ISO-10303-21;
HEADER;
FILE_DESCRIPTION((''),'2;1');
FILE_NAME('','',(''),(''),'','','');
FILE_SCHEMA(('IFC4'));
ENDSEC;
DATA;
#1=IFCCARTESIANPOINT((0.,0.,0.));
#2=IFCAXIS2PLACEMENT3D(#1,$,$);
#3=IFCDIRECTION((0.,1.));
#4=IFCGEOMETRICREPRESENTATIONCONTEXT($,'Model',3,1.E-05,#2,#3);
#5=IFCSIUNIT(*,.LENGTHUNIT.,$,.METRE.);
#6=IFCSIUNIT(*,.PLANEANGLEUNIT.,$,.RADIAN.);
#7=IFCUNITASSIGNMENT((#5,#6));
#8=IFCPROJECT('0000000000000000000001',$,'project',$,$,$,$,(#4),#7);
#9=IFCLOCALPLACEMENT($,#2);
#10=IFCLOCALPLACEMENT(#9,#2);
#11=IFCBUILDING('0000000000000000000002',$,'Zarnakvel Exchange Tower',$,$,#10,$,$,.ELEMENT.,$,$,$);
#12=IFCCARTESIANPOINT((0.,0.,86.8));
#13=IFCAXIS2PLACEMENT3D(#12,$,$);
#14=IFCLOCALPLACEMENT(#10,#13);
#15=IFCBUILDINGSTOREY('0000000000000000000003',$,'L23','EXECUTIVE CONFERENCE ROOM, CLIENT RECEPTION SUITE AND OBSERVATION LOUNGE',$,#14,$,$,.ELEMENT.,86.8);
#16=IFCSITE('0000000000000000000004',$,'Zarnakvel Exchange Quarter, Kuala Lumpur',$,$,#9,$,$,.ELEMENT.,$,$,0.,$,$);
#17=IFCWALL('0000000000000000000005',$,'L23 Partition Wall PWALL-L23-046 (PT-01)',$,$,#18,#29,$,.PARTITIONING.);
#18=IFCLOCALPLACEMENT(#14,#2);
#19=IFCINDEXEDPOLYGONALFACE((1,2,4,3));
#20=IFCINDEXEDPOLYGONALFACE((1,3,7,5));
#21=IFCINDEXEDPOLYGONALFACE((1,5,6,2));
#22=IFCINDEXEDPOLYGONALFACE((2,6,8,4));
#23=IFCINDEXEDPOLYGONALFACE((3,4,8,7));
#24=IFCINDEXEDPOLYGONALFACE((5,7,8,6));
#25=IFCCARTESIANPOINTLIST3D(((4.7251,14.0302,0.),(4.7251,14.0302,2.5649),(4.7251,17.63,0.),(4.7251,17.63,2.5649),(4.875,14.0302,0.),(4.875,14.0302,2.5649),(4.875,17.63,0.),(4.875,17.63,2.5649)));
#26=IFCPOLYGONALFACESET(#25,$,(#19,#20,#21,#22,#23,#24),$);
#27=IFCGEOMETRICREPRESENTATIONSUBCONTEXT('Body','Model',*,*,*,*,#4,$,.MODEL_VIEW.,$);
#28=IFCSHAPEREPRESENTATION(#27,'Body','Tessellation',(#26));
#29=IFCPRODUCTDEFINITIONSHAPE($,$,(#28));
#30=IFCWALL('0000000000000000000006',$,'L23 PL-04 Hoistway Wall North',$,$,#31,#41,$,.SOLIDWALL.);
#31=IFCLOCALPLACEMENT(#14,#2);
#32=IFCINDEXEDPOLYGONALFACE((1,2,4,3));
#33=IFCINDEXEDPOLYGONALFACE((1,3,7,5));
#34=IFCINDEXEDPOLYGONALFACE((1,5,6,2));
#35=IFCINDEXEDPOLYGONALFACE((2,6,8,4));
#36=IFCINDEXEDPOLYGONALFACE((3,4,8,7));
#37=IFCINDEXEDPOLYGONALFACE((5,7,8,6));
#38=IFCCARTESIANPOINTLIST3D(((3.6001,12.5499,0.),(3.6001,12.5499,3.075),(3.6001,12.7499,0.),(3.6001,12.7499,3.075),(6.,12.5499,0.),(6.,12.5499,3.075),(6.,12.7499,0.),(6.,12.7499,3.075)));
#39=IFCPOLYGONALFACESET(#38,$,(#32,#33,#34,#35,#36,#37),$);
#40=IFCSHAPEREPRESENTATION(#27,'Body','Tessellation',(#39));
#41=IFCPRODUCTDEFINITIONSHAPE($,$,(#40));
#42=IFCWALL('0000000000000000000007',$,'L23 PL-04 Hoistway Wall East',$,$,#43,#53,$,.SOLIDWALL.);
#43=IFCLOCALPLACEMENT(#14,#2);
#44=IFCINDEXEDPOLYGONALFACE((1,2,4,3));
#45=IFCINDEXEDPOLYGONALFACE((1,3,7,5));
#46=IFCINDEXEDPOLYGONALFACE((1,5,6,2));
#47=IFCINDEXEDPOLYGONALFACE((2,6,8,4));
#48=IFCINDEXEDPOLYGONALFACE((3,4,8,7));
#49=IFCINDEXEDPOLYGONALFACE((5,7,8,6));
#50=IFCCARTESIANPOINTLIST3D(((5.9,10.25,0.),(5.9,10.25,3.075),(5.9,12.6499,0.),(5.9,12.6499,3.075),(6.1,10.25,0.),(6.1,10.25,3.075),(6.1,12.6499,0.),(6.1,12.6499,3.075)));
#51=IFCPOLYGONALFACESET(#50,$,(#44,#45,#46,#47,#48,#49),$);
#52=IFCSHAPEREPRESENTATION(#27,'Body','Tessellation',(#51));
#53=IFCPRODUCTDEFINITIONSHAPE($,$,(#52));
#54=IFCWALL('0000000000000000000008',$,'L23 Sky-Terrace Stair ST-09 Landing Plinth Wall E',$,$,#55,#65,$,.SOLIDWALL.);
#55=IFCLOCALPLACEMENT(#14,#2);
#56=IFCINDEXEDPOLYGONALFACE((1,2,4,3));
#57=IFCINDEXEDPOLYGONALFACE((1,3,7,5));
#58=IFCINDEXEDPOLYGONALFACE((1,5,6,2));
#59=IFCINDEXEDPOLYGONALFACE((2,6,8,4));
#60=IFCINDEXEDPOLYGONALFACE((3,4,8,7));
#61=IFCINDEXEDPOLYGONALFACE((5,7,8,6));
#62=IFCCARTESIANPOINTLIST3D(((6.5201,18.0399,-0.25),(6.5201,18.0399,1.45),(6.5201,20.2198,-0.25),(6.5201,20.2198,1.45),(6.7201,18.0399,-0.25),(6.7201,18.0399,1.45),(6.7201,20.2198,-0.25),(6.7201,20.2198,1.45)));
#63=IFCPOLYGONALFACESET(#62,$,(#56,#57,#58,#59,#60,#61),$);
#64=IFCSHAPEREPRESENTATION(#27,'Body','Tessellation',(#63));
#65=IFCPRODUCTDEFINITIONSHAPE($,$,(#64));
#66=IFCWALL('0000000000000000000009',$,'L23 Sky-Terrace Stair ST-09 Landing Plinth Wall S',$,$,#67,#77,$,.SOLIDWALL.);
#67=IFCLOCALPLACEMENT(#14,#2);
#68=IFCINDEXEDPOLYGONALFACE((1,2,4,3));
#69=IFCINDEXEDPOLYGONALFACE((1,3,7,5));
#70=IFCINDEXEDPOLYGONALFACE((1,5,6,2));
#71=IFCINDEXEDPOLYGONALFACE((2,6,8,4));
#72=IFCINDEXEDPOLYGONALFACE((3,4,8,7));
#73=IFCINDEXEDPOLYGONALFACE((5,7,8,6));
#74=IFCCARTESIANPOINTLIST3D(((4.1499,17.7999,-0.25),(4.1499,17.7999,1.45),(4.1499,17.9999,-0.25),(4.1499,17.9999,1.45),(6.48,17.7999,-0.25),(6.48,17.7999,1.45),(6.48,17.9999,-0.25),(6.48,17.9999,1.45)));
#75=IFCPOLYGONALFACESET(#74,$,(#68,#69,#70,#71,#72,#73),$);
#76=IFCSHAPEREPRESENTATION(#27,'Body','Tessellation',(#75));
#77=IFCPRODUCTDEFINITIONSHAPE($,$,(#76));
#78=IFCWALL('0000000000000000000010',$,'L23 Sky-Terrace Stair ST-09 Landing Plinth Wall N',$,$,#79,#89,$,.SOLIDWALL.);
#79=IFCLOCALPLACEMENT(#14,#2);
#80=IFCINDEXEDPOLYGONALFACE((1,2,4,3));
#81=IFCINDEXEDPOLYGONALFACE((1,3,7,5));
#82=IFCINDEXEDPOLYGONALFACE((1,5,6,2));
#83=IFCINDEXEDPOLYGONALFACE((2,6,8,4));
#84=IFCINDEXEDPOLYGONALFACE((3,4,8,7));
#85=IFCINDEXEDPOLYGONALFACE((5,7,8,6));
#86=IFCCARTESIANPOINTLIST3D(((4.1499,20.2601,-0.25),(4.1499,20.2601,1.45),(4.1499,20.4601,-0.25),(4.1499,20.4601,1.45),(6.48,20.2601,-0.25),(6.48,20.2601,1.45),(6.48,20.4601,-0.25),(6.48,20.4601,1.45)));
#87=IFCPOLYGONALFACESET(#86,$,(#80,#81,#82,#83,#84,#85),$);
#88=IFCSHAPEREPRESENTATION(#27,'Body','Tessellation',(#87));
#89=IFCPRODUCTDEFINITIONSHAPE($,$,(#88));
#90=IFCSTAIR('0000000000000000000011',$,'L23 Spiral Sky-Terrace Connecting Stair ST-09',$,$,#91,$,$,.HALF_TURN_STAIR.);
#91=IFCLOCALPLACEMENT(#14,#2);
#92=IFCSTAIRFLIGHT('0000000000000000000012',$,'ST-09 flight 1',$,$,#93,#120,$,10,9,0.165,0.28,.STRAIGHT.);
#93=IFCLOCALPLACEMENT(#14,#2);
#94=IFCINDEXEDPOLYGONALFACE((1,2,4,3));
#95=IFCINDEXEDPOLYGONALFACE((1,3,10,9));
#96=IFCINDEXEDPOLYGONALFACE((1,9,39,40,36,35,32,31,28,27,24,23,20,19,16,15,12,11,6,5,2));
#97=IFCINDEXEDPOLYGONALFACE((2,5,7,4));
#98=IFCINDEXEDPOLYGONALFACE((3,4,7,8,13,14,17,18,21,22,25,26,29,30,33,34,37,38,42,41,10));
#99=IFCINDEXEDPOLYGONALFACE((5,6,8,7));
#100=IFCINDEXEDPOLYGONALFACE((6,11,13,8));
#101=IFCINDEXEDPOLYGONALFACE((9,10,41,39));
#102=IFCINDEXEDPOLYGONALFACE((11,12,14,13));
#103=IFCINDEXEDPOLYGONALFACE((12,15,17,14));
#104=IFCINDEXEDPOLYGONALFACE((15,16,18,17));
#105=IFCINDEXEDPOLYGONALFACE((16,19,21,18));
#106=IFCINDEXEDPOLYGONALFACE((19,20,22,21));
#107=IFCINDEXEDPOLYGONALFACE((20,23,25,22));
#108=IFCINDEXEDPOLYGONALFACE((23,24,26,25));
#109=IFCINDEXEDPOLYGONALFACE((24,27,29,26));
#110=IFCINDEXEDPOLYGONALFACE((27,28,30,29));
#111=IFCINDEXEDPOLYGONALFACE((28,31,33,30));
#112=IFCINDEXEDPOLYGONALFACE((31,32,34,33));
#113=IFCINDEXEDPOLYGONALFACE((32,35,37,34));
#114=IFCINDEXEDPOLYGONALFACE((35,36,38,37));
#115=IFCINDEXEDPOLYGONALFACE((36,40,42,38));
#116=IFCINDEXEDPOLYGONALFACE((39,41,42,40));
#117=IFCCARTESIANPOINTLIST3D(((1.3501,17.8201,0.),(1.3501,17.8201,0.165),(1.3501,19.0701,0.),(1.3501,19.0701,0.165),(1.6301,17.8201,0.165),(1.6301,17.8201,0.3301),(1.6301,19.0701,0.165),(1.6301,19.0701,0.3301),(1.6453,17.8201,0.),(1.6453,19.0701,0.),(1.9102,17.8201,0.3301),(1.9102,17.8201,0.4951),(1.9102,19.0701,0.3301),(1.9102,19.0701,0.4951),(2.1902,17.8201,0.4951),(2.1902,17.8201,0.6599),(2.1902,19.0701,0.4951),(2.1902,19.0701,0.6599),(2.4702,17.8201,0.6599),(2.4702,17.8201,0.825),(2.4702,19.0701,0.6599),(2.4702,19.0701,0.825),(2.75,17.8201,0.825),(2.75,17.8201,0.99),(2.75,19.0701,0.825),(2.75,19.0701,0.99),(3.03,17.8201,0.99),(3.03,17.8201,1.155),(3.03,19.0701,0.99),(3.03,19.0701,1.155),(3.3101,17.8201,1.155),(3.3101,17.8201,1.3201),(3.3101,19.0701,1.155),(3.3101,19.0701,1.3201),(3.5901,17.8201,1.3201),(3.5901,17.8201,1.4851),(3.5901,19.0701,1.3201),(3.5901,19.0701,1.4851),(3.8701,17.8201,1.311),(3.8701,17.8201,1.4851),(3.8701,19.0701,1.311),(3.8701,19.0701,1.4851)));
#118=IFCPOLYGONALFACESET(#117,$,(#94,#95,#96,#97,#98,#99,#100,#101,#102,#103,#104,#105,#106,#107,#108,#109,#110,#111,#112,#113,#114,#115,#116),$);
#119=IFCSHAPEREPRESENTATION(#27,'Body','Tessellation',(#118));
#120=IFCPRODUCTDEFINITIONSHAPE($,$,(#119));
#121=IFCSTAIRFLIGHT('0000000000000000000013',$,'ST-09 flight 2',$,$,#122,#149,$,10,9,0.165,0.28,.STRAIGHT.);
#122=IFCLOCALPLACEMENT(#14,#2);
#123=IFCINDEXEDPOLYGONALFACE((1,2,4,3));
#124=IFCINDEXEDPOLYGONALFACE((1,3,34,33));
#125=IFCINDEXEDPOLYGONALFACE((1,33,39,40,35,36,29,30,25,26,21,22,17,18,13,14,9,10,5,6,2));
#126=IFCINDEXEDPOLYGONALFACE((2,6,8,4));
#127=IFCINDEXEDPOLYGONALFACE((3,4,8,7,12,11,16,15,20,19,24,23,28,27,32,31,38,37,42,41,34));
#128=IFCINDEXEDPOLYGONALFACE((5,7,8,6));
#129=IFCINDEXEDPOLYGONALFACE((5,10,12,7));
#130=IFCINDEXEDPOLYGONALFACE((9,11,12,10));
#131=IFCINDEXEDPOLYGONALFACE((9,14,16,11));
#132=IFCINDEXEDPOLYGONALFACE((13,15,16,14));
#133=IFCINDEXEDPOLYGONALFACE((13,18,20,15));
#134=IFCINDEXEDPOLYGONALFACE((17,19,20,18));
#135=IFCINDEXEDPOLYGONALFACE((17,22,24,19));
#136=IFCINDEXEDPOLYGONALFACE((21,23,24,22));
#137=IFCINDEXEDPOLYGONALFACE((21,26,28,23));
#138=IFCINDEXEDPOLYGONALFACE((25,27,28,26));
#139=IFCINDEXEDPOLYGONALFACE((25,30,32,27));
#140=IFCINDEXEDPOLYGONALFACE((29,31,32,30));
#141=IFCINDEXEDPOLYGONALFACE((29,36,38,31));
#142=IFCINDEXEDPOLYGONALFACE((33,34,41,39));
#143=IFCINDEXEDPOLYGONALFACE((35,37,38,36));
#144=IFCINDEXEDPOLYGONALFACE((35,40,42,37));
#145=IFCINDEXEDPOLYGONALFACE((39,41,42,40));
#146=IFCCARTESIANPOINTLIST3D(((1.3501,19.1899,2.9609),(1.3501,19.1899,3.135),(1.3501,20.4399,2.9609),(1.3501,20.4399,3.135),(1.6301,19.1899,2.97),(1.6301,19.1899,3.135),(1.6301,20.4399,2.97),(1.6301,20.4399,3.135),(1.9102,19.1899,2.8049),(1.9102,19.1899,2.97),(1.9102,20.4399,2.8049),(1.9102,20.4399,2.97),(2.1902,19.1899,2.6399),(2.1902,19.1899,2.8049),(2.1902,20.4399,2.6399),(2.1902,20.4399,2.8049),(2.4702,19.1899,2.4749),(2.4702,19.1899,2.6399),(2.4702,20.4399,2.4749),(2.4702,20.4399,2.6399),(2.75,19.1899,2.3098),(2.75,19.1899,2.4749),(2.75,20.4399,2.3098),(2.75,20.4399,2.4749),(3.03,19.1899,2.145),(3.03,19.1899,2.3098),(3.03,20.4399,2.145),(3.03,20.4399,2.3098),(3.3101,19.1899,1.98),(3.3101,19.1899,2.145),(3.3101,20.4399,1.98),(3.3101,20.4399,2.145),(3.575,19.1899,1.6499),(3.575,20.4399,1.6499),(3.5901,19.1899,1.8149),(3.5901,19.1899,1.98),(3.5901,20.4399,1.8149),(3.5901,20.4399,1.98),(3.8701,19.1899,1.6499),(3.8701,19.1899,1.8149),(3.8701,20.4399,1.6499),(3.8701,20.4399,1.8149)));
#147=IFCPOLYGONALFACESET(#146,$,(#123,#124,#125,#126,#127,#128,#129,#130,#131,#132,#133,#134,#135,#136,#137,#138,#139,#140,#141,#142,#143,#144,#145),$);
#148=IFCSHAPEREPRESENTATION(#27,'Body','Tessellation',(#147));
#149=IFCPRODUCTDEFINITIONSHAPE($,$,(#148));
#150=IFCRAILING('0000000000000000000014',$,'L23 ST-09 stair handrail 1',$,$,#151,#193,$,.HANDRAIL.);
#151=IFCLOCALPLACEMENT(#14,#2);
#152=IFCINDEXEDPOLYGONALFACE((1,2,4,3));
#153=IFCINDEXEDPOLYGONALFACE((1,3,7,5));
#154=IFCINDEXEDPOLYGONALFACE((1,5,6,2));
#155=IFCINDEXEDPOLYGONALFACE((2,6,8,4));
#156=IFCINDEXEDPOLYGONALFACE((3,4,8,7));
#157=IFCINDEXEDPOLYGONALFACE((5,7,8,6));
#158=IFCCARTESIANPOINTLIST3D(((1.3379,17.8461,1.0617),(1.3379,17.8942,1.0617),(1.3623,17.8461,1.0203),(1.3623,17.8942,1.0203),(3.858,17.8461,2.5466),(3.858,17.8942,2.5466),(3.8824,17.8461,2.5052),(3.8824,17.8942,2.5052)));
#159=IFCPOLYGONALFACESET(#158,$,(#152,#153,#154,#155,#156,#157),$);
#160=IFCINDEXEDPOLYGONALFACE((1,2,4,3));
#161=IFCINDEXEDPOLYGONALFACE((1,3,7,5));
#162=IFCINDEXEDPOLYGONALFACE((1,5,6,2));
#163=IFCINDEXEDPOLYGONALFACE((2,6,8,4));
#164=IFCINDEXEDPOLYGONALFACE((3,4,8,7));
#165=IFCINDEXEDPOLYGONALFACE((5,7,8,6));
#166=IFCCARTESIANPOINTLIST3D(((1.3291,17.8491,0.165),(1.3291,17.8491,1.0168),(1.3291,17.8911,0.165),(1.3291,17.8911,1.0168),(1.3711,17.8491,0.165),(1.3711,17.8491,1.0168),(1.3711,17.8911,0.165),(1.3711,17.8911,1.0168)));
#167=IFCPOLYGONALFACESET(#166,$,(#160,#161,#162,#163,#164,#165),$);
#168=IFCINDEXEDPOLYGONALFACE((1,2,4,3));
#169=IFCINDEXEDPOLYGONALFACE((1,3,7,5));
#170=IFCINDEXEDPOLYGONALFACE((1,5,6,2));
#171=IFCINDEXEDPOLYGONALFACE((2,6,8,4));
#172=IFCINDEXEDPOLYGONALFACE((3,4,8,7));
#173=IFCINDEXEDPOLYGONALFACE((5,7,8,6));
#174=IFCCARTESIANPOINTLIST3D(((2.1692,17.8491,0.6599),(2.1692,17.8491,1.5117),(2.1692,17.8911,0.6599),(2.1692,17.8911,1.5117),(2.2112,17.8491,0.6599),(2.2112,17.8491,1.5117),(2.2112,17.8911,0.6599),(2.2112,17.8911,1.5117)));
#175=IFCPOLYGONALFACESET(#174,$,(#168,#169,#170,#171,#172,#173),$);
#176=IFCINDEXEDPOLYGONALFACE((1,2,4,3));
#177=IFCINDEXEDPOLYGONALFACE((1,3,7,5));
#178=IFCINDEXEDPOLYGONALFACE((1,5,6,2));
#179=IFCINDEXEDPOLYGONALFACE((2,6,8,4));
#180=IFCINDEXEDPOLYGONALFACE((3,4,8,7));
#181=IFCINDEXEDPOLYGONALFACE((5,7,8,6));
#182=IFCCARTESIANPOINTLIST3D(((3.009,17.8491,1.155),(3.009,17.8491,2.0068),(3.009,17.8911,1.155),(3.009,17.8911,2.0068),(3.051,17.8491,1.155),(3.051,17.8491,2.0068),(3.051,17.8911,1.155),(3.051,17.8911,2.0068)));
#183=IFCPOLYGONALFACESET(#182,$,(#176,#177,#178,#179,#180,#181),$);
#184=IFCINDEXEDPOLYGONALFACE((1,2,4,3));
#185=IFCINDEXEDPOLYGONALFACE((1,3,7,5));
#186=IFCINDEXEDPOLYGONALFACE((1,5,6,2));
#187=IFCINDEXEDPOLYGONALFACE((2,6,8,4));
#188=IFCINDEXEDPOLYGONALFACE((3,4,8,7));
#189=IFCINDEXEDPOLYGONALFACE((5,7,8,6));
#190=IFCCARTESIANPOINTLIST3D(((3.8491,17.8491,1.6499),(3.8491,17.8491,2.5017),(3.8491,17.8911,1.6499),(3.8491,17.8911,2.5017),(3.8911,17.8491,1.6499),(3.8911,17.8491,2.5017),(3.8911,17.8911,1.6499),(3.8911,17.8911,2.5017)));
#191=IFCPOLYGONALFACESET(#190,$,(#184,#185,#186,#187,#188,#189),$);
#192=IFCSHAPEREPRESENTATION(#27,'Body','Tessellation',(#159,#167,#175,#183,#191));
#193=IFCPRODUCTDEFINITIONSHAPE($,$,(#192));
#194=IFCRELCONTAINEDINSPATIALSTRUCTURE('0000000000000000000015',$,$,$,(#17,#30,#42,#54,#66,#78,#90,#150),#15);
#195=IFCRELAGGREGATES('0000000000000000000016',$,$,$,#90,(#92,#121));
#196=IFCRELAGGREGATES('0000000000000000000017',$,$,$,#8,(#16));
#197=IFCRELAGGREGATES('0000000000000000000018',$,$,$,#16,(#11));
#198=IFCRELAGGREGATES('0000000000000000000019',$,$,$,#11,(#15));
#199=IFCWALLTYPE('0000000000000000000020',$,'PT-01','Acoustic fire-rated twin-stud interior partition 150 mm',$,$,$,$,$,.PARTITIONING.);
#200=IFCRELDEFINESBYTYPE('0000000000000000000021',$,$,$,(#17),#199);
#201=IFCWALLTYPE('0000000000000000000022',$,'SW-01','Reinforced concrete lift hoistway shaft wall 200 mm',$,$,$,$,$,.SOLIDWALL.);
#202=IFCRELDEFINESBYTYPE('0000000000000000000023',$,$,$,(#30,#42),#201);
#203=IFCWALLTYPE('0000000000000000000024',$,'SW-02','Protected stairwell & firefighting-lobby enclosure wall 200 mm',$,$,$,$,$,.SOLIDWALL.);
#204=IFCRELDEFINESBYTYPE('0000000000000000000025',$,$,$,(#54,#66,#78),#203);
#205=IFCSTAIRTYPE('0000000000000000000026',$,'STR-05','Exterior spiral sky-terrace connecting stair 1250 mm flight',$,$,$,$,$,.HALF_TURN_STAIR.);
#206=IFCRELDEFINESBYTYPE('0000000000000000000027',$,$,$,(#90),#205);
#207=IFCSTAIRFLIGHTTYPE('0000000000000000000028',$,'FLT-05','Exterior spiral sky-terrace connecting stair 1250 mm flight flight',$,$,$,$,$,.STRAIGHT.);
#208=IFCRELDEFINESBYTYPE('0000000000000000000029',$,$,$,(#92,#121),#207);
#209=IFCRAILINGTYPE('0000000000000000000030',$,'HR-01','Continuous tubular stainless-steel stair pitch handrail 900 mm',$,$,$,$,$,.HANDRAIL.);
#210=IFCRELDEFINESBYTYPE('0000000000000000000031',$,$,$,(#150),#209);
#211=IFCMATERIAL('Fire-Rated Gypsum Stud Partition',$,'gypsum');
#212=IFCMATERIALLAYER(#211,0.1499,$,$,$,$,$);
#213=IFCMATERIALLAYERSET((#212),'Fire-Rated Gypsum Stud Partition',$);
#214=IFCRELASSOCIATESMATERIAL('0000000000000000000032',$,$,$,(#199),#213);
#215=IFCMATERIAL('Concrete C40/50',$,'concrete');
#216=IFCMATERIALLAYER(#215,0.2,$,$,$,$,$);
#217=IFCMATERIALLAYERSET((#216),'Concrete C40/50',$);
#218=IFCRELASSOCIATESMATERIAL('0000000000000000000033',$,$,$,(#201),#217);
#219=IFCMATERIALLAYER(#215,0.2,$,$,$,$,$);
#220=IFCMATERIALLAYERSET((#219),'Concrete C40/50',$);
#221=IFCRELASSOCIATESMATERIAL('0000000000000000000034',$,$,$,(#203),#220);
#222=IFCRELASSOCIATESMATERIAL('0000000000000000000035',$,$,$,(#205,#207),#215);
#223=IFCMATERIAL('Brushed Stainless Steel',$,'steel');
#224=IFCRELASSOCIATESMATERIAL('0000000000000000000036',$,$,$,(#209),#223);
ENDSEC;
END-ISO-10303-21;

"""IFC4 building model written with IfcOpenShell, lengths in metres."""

from ifc_helpers import new_model, si_unit, direction, frame, frame_2d, origin, origin_2d, place, context, subcontext, project, spatial, polyline, rectangle, outline, extrude, material, layer, layer_set, type_object, element, aggregate, save


model = new_model("IFC4")

# Units and contexts
model_context = context("Model", 3, precision=1e-05, world=origin(), true_north=direction((0.0, 1.0)))
body_context = subcontext(model_context, "Body", "Model", "MODEL_VIEW")
ifc_project = project(units=[si_unit("LENGTHUNIT", "METRE"), si_unit("PLANEANGLEUNIT", "RADIAN")], contexts=[model_context])

# Site, building, storey
site_placement = place(None, origin())
site = spatial("IfcSite", under=ifc_project, at=site_placement, Name="Zarnakvel Exchange Quarter, Kuala Lumpur", CompositionType="ELEMENT", RefElevation=0.0)
building_placement = place(site_placement, origin())
building = spatial("IfcBuilding", under=site, at=building_placement, Name="Zarnakvel Exchange Tower", CompositionType="ELEMENT")
storey_placement = place(building_placement, frame((0.0, 0.0, 86.8)))
storey = spatial("IfcBuildingStorey", under=building, at=storey_placement, Name="L23", Description="EXECUTIVE CONFERENCE ROOM, CLIENT RECEPTION SUITE AND OBSERVATION LOUNGE", CompositionType="ELEMENT", Elevation=86.8)

# Walls
ifc_material_1 = material(Name="Fire-Rated Gypsum Stud Partition", Category="gypsum")
ifc_layer_1 = layer(ifc_material_1, 0.1499)
ifc_layer_set_1 = layer_set([ifc_layer_1], Name="Fire-Rated Gypsum Stud Partition")
wall_type_1 = type_object("IfcWallType", Name="PT-01", Description="Acoustic fire-rated twin-stud interior partition 150 mm", PredefinedType="PARTITIONING", material=ifc_layer_set_1)
wall_1_placement = place(storey_placement, frame((4.8, 17.6299, 0.0), z_axis=(0.0, 0.0, 1.0), x_axis=(0.0, -1.0, 0.0)))
element("IfcWall", 1, at=wall_1_placement, inside=storey, type_object=wall_type_1, Name="L23 Partition Wall PWALL-L23-046 (PT-01)", PredefinedType="PARTITIONING", context=body_context, shape_type="SweptSolid", body=[
    extrude(rectangle(XDim=3.5999, YDim=0.1499, at=frame_2d((1.7998, 0.0))), origin(), (0.0, 0.0, 1.0), 2.5649),
])
ifc_material_2 = material(Name="Concrete C40/50", Category="concrete")
ifc_layer_2 = layer(ifc_material_2, 0.2)
ifc_layer_set_2 = layer_set([ifc_layer_2], Name="Concrete C40/50")
wall_type_2 = type_object("IfcWallType", Name="SW-01", Description="Reinforced concrete lift hoistway shaft wall 200 mm", PredefinedType="SOLIDWALL", material=ifc_layer_set_2)
for number, where, z_axis, x_axis, name in (
    (2, (3.6001, 12.6499, 0.0), (0.0, 0.0, 1.0), (1.0, 0.0, 0.0), "L23 PL-04 Hoistway Wall North"),
    (3, (6.0, 12.6499, 0.0), (0.0, 0.0, 1.0), (0.0, -1.0, 0.0), "L23 PL-04 Hoistway Wall East"),
):
    element("IfcWall", number, at=place(storey_placement, frame(where, z_axis=z_axis, x_axis=x_axis)), inside=storey, type_object=wall_type_2, Name=name, PredefinedType="SOLIDWALL", context=body_context, shape_type="SweptSolid", body=[
        extrude(rectangle(XDim=2.3999, YDim=0.2, at=frame_2d((1.2, 0.0))), origin(), (0.0, 0.0, 1.0), 3.075),
    ])
ifc_layer_3 = layer(ifc_material_2, 0.2)
ifc_layer_set_3 = layer_set([ifc_layer_3], Name="Concrete C40/50")
wall_type_3 = type_object("IfcWallType", Name="SW-02", Description="Protected stairwell & firefighting-lobby enclosure wall 200 mm", PredefinedType="SOLIDWALL", material=ifc_layer_set_3)
wall_2_placement = place(storey_placement, frame((6.6201, 18.04, -0.25), z_axis=(0.0, 0.0, 1.0), x_axis=(0.0, 1.0, 0.0)))
element("IfcWall", 4, at=wall_2_placement, inside=storey, type_object=wall_type_3, Name="L23 Sky-Terrace Stair ST-09 Landing Plinth Wall E", PredefinedType="SOLIDWALL", context=body_context, shape_type="SweptSolid", body=[
    extrude(rectangle(XDim=2.1799, YDim=0.2, at=frame_2d((1.0898, 0.0))), origin(), (0.0, 0.0, 1.0), 1.7),
])
for number, where, z_axis, x_axis, name in (
    (5, (4.1499, 17.8999, -0.25), (0.0, 0.0, 1.0), (1.0, 0.0, 0.0), "L23 Sky-Terrace Stair ST-09 Landing Plinth Wall S"),
    (6, (4.1499, 20.3601, -0.25), (0.0, 0.0, 1.0), (1.0, 0.0, 0.0), "L23 Sky-Terrace Stair ST-09 Landing Plinth Wall N"),
):
    element("IfcWall", number, at=place(storey_placement, frame(where, z_axis=z_axis, x_axis=x_axis)), inside=storey, type_object=wall_type_3, Name=name, PredefinedType="SOLIDWALL", context=body_context, shape_type="SweptSolid", body=[
        extrude(rectangle(XDim=2.3301, YDim=0.2, at=frame_2d((1.165, 0.0))), origin(), (0.0, 0.0, 1.0), 1.7),
    ])

# Stair, stair flights
stair_type = type_object("IfcStairType", Name="STR-05", Description="Exterior spiral sky-terrace connecting stair 1250 mm flight", PredefinedType="HALF_TURN_STAIR", material=ifc_material_2)
stair_placement = place(storey_placement, origin())
stair = element("IfcStair", 7, at=stair_placement, inside=storey, type_object=stair_type, Name="L23 Spiral Sky-Terrace Connecting Stair ST-09", PredefinedType="HALF_TURN_STAIR")
stair_flight_type = type_object("IfcStairFlightType", Name="FLT-05", Description="Exterior spiral sky-terrace connecting stair 1250 mm flight flight", PredefinedType="STRAIGHT", material=ifc_material_2)
stair_flight_1_placement = place(storey_placement, frame((1.3501, 18.4451, 0.0), z_axis=(0.0, 0.0, 1.0), x_axis=(1.0, 0.0, 0.0)))
stair_flight_1 = element("IfcStairFlight", 8, at=stair_flight_1_placement, type_object=stair_flight_type, Name="ST-09 flight 1", NumberOfRisers=10, NumberOfTreads=9, PredefinedType="STRAIGHT", RiserHeight=0.165, TreadLength=0.28, context=body_context, shape_type="SweptSolid", body=[
    extrude(outline(polyline([(0.0, 0.0), (0.0, 0.165), (0.28, 0.165), (0.28, 0.3301), (0.5601, 0.3301), (0.5601, 0.4951), (0.8401, 0.4951), (0.8401, 0.6599), (1.1201, 0.6599), (1.1201, 0.825), (1.3999, 0.825), (1.3999, 0.99), (1.6799, 0.99), (1.6799, 1.155), (1.96, 1.155), (1.96, 1.3201), (2.24, 1.3201), (2.24, 1.4851), (2.52, 1.4851), (2.52, 1.6499), (2.52, 1.311), (0.2952, 0.0), (0.0, 0.0)])), frame((0.0, 0.625, 0.0), z_axis=(0.0, -1.0, 0.0), x_axis=(1.0, 0.0, 0.0)), (0.0, 0.0, 1.0), 1.25),
])
stair_flight_2_placement = place(storey_placement, frame((3.8701, 19.8149, 1.6499), z_axis=(0.0, 0.0, 1.0), x_axis=(-1.0, 0.0, 0.0)))
stair_flight_2 = element("IfcStairFlight", 9, at=stair_flight_2_placement, type_object=stair_flight_type, Name="ST-09 flight 2", NumberOfRisers=10, NumberOfTreads=9, PredefinedType="STRAIGHT", RiserHeight=0.165, TreadLength=0.28, context=body_context, shape_type="SweptSolid", body=[
    extrude(outline(polyline([(0.0, 0.0), (0.0, 0.165), (0.28, 0.165), (0.28, 0.3301), (0.5601, 0.3301), (0.5601, 0.4951), (0.8401, 0.4951), (0.8401, 0.6599), (1.1201, 0.6599), (1.1201, 0.825), (1.3999, 0.825), (1.3999, 0.99), (1.6799, 0.99), (1.6799, 1.155), (1.96, 1.155), (1.96, 1.3201), (2.24, 1.3201), (2.24, 1.4851), (2.52, 1.4851), (2.52, 1.6499), (2.52, 1.311), (0.2952, 0.0), (0.0, 0.0)])), frame((0.0, 0.625, 0.0), z_axis=(0.0, -1.0, 0.0), x_axis=(1.0, 0.0, 0.0)), (0.0, 0.0, 1.0), 1.25),
])
aggregate(stair, [stair_flight_1, stair_flight_2])

# Railing
ifc_material_3 = material(Name="Brushed Stainless Steel", Category="steel")
railing_type_1 = type_object("IfcRailingType", Name="HR-01", Description="Continuous tubular stainless-steel stair pitch handrail 900 mm", PredefinedType="HANDRAIL", material=ifc_material_3)
railing_1_placement = place(storey_placement, frame((1.3501, 17.8701, 0.165)))
element("IfcRailing", 10, at=railing_1_placement, inside=storey, type_object=railing_type_1, Name="L23 ST-09 stair handrail 1", PredefinedType="HANDRAIL", context=body_context, shape_type="SweptSolid", body=[
    extrude(rectangle(XDim=0.0481, YDim=0.0481, at=origin_2d()), frame((0.0, 0.0, 0.876), z_axis=(0.861561, 0.0, 0.507655), x_axis=(0.0, 1.0, 0.0)), (0.0, 0.0, 1.0), 2.925),
    extrude(rectangle(XDim=0.042, YDim=0.042, at=origin_2d()), origin(), (0.0, 0.0, 1.0), 0.8518),
    extrude(rectangle(XDim=0.042, YDim=0.042, at=origin_2d()), frame((0.8401, 0.0, 0.4949)), (0.0, 0.0, 1.0), 0.8518),
    extrude(rectangle(XDim=0.042, YDim=0.042, at=origin_2d()), frame((1.6799, 0.0, 0.99)), (0.0, 0.0, 1.0), 0.8518),
    extrude(rectangle(XDim=0.042, YDim=0.042, at=origin_2d()), frame((2.52, 0.0, 1.4849)), (0.0, 0.0, 1.0), 0.8518),
])

save(model, "model.ifc")
